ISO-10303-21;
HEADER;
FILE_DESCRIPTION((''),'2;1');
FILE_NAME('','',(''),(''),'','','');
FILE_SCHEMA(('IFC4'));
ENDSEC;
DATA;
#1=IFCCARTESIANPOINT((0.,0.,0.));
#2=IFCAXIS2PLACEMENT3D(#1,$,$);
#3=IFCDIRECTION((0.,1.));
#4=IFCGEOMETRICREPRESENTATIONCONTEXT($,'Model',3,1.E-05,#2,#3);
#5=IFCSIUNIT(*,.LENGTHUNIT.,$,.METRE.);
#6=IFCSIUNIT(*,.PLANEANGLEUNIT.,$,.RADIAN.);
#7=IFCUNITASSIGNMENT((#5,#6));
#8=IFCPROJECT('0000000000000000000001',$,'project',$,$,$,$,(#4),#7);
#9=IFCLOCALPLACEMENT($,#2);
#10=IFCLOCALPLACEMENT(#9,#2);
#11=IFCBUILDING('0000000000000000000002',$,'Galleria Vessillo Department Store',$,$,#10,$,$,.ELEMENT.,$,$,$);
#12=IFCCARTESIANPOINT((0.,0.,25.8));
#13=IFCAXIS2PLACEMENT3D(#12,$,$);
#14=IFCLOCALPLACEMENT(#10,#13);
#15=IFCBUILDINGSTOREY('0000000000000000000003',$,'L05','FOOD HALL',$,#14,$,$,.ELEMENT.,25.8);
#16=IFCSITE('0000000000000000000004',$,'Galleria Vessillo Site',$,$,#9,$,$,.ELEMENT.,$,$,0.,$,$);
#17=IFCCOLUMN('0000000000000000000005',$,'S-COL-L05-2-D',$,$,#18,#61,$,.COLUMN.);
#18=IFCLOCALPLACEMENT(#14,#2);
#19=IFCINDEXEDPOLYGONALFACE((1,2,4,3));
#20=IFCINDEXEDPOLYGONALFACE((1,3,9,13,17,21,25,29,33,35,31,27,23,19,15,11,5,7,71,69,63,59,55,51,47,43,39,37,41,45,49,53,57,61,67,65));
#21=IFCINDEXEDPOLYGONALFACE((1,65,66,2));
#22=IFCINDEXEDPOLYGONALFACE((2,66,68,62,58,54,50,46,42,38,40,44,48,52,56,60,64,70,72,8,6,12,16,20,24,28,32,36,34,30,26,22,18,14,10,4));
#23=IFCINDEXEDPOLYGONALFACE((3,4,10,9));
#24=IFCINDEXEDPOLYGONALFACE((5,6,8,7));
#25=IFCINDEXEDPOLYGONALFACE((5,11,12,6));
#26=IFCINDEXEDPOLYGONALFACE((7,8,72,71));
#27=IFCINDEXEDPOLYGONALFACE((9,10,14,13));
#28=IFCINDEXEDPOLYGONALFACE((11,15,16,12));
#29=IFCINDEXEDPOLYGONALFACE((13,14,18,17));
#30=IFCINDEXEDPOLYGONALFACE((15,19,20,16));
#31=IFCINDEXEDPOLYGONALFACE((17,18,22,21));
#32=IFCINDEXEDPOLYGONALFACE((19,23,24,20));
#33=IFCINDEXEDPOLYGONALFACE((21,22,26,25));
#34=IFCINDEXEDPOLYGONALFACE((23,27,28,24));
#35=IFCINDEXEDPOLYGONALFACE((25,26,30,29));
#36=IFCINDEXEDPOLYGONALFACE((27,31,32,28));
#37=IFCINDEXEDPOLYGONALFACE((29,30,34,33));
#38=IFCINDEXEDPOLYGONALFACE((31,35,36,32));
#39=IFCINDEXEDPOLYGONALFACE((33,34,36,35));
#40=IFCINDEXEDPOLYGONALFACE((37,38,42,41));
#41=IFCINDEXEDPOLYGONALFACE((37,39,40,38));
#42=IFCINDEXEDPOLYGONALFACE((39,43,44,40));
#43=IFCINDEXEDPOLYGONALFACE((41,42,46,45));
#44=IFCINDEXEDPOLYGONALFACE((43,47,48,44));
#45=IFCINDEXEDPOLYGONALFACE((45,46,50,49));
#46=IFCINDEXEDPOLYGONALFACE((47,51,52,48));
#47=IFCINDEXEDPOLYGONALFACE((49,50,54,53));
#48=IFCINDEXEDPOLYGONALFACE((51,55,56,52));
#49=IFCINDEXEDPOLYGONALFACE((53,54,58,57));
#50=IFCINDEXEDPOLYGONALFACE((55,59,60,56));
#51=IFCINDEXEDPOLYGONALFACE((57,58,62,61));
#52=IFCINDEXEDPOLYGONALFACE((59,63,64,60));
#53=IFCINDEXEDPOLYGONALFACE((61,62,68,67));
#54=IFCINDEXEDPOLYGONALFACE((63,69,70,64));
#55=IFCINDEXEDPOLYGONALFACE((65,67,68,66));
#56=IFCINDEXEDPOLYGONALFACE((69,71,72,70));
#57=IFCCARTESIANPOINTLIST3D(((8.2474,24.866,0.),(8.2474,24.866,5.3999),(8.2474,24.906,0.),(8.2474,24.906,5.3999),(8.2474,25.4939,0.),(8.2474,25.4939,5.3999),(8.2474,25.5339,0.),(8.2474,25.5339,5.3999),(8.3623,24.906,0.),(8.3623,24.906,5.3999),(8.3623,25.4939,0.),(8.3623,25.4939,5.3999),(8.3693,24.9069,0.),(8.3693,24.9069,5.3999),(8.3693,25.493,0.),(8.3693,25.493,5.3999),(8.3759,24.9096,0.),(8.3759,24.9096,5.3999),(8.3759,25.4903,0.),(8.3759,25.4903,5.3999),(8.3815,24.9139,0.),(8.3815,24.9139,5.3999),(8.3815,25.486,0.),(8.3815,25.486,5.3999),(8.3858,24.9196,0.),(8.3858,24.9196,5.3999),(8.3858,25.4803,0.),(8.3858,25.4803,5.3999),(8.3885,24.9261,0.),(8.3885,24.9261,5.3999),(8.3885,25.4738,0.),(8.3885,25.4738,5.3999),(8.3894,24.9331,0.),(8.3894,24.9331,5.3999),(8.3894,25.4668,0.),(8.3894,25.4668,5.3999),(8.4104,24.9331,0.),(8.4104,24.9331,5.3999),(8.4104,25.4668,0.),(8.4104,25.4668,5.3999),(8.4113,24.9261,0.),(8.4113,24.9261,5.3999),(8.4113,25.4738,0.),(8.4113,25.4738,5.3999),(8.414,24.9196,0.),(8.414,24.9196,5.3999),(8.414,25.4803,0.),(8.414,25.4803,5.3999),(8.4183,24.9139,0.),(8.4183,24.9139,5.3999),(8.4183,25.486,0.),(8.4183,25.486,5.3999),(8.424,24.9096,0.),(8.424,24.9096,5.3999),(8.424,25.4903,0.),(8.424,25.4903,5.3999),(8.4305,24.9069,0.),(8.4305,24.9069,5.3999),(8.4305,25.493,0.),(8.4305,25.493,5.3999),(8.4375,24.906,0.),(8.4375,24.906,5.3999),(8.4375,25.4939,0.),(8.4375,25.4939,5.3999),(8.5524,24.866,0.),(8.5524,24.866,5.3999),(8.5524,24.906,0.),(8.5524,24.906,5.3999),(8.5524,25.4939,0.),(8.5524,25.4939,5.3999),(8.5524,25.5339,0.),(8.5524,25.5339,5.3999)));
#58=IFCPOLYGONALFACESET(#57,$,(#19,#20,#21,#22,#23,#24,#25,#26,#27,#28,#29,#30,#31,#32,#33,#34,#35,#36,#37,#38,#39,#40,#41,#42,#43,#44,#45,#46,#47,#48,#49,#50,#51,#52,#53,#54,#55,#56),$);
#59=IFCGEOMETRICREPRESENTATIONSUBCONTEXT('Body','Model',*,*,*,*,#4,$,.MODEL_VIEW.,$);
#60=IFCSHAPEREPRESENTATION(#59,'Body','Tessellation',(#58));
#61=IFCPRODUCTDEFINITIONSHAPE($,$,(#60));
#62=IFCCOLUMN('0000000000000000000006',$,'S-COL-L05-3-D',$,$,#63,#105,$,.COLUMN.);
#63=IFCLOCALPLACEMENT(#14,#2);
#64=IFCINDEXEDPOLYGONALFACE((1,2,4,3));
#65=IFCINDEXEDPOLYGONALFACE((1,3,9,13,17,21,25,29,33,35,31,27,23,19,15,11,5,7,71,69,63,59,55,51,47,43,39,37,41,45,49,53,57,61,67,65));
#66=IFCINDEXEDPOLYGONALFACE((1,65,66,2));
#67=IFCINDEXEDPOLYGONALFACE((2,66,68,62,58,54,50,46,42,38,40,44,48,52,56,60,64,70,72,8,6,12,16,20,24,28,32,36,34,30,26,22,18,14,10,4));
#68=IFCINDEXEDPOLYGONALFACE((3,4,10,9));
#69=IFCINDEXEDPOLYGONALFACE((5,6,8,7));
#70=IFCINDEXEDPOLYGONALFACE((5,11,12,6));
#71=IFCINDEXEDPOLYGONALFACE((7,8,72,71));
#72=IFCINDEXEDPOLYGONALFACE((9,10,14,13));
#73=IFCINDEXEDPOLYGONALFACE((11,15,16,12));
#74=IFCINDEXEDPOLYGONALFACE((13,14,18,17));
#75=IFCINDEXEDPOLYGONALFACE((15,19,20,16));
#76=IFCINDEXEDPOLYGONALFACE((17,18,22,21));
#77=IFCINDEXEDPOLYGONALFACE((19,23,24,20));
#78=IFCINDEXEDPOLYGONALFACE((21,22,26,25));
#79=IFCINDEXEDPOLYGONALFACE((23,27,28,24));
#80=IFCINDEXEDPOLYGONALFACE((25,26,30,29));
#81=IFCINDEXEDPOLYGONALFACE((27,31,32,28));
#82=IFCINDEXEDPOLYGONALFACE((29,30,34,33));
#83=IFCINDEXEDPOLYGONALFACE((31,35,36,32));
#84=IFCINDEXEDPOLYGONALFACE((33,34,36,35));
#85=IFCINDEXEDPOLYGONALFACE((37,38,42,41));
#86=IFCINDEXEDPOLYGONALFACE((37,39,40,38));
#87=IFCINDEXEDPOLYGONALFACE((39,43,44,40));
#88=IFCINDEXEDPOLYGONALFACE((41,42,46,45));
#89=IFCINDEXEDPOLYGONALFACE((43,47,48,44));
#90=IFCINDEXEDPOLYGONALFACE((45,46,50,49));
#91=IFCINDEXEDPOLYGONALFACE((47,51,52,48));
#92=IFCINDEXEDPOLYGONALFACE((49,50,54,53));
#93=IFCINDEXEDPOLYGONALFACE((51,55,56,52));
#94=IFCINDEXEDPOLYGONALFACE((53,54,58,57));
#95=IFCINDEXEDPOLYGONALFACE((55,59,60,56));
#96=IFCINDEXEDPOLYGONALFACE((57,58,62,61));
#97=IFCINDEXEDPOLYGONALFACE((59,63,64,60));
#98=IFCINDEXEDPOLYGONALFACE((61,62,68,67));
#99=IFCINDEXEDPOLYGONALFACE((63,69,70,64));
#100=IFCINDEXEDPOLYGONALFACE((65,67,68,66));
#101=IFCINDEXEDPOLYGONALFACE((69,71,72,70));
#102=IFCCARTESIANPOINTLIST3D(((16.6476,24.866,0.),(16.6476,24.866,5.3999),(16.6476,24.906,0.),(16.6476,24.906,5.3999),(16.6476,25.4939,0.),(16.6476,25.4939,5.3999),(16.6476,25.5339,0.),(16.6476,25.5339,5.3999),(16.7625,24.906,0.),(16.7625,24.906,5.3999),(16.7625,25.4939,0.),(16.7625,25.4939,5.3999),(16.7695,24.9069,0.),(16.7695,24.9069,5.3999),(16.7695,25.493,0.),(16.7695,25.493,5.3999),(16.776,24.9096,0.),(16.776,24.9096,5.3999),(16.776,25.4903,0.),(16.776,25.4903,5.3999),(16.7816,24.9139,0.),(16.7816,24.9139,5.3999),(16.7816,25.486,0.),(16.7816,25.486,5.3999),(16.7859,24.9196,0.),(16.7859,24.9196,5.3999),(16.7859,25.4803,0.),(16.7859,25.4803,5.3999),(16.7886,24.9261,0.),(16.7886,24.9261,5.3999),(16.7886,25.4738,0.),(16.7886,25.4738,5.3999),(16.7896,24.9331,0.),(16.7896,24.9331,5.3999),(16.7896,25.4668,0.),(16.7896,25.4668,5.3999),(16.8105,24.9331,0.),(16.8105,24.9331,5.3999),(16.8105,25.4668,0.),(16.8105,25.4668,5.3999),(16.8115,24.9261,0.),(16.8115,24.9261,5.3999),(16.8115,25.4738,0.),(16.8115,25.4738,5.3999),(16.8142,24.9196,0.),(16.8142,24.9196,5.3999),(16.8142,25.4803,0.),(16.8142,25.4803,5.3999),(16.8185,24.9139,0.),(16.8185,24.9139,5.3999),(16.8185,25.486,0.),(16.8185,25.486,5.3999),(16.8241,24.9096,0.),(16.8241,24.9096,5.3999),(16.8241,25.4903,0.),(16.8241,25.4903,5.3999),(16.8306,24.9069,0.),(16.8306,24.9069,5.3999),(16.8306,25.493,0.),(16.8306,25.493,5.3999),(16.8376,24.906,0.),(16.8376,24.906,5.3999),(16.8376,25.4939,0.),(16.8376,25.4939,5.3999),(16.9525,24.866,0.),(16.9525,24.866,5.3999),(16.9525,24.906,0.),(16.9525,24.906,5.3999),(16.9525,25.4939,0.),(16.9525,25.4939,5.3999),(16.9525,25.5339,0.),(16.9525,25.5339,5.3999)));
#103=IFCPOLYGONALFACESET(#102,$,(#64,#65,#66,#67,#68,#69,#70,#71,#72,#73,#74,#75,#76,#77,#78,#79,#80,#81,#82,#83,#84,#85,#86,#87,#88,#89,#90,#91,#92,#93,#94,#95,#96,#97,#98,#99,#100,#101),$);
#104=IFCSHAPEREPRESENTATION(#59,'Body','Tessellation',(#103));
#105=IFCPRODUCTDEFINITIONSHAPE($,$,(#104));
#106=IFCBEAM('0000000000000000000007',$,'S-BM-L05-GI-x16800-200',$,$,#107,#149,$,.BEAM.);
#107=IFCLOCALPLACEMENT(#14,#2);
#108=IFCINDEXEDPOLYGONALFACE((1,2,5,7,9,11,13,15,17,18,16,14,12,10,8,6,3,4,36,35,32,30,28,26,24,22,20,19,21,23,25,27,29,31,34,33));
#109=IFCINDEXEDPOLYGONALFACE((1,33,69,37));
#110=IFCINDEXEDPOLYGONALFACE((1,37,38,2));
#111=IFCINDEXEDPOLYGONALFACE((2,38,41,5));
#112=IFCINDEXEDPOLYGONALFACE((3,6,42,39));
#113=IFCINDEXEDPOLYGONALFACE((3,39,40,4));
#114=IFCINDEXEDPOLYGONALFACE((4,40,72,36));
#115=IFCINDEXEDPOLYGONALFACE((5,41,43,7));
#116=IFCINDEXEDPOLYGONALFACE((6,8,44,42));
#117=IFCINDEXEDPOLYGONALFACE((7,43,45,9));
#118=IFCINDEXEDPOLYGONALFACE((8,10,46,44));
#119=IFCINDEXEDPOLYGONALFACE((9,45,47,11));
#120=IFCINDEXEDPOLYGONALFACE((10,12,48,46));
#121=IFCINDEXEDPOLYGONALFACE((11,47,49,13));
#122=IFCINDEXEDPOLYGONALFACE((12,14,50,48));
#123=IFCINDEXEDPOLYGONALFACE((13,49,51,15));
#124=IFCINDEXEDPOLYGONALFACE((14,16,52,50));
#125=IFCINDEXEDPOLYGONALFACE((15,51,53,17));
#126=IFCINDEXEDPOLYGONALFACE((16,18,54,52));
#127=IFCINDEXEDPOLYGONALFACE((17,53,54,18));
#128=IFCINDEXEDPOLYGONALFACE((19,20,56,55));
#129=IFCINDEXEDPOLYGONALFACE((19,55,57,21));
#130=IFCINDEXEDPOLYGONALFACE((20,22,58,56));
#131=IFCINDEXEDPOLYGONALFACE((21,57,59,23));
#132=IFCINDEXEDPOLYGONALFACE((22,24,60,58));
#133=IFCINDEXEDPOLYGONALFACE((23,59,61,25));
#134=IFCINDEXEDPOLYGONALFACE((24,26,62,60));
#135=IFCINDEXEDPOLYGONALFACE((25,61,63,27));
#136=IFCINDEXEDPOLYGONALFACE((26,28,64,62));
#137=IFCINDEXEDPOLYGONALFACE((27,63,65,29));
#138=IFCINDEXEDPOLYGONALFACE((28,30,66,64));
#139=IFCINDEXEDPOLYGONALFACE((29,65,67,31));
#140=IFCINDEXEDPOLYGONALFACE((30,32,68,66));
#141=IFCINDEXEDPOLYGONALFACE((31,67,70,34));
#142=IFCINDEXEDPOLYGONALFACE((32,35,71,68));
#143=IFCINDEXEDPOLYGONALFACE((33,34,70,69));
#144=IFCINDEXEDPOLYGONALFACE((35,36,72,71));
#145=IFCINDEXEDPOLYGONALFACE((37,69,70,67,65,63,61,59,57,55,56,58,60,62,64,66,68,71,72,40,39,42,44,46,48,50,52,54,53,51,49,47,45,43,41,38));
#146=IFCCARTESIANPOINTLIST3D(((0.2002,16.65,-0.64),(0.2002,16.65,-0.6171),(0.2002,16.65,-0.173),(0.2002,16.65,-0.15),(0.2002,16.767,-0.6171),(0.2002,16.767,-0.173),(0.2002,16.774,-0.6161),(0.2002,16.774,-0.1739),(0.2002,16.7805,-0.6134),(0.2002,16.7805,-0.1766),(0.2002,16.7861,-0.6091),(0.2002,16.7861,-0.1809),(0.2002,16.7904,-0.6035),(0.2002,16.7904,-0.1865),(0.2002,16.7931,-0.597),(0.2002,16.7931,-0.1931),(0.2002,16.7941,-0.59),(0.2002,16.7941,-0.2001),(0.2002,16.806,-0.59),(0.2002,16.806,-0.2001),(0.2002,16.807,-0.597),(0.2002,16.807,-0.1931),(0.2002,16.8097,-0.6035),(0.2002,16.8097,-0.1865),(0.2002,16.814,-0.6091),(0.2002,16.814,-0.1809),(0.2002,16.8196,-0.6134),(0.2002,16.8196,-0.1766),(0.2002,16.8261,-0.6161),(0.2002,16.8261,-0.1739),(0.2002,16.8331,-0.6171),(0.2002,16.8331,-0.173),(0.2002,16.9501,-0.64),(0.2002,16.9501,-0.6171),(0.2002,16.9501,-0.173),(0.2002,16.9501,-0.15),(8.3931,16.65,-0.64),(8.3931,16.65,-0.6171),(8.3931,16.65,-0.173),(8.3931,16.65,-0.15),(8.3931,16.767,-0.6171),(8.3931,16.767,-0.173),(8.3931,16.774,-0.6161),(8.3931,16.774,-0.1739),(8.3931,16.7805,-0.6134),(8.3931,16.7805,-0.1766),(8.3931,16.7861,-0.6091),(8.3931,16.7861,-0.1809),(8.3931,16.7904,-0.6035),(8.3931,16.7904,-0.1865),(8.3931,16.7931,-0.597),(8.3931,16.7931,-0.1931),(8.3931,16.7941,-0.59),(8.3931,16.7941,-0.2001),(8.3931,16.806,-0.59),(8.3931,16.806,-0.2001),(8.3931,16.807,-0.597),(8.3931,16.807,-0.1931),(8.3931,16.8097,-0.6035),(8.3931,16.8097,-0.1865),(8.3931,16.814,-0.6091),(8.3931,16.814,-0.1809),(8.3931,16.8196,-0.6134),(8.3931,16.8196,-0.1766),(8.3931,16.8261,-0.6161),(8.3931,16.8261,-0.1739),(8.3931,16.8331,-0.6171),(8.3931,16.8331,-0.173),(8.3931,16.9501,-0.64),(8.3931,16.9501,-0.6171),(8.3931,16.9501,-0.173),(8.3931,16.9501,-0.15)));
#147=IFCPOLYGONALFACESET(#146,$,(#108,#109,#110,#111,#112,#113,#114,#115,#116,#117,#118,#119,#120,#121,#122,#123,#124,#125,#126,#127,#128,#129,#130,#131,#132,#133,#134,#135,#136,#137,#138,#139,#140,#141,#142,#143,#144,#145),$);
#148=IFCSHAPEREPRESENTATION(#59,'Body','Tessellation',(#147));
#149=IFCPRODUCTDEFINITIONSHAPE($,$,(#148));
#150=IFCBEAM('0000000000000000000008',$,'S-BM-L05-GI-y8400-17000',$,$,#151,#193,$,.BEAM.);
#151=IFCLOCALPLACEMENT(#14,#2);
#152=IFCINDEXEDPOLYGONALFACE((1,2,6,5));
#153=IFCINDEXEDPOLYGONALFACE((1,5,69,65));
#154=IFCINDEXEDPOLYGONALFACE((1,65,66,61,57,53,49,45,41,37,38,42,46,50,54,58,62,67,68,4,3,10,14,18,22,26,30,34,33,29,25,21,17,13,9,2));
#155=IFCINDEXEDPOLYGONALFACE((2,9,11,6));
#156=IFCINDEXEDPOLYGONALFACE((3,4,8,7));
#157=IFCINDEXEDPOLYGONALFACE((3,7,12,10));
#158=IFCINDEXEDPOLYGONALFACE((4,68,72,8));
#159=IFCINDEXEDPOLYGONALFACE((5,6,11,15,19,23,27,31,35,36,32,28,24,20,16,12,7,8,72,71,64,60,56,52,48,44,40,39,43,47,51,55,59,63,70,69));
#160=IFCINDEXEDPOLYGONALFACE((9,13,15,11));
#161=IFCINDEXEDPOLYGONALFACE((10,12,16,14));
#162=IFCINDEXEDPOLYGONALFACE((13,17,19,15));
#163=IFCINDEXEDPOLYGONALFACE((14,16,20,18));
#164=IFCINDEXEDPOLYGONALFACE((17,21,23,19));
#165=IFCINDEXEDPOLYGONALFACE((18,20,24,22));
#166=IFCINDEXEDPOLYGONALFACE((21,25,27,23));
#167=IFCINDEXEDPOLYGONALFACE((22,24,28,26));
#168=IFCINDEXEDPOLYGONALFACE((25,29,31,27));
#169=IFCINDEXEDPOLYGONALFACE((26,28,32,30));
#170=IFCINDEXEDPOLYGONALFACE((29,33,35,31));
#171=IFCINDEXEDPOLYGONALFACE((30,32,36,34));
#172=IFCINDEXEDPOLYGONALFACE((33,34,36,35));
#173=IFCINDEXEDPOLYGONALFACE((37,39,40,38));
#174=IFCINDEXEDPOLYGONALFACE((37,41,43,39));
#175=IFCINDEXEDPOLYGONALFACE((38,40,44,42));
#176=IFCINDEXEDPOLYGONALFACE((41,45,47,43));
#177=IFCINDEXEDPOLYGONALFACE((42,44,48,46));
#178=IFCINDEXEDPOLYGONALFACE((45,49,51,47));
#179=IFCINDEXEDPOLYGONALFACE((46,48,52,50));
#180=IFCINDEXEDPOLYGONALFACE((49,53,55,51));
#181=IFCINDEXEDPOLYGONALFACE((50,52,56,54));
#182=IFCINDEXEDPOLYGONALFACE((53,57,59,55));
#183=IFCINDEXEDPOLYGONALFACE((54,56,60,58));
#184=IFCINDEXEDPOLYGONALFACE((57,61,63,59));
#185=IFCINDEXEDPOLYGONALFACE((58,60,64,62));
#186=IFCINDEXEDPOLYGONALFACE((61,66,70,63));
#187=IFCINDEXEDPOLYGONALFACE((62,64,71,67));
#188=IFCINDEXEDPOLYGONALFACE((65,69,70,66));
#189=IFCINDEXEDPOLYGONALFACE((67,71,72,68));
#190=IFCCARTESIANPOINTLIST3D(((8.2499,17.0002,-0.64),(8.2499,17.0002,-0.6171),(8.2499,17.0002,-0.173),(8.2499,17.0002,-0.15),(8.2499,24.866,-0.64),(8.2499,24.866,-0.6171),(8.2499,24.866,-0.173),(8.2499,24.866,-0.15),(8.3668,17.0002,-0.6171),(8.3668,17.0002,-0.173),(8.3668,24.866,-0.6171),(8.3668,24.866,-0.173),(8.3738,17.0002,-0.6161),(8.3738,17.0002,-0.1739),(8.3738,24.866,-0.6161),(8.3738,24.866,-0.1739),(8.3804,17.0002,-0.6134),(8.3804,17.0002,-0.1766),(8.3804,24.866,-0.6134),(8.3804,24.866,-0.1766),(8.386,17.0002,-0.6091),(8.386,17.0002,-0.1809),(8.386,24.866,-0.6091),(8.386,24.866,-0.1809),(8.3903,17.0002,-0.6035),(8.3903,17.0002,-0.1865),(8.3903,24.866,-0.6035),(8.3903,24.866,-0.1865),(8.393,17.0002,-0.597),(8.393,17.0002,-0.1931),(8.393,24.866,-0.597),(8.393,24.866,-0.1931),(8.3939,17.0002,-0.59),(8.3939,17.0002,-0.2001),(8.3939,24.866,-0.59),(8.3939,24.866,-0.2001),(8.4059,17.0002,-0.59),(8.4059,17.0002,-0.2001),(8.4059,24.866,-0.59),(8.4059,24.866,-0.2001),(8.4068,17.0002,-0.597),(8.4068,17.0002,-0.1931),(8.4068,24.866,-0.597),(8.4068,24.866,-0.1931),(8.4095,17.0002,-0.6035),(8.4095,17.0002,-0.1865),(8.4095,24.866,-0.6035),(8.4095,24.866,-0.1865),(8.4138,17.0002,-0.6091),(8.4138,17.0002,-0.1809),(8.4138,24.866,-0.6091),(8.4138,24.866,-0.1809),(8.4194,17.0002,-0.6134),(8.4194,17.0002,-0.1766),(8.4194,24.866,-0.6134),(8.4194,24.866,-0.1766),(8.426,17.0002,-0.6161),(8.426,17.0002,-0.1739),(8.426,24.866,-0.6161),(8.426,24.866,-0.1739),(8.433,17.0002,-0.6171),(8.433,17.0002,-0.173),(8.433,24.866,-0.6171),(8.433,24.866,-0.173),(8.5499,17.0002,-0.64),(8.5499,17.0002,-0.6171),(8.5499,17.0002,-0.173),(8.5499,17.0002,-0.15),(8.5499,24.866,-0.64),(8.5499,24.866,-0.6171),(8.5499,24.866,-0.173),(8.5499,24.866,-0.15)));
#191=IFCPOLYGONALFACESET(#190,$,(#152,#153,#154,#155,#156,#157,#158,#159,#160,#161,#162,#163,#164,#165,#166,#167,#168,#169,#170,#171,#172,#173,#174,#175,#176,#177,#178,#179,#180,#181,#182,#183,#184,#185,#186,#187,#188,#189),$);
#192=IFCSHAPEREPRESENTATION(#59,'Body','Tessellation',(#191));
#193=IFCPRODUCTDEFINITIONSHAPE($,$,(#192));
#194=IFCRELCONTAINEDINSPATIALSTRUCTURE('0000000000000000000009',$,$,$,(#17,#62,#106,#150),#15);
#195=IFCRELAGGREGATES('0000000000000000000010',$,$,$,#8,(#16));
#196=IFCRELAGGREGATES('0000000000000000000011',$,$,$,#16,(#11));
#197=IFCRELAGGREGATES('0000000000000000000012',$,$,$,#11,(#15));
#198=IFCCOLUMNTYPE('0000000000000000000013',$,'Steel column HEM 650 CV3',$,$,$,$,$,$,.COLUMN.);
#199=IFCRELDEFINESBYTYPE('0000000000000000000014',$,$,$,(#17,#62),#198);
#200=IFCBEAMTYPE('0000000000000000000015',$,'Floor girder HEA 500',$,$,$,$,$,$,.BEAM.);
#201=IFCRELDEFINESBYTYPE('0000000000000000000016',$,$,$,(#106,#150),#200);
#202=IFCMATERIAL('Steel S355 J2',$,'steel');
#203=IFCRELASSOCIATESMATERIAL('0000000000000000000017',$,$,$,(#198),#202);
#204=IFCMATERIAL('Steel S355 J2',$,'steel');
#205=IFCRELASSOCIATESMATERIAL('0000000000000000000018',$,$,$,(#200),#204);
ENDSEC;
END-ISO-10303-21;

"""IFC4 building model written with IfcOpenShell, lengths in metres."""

from ifc_helpers import new_model, si_unit, direction, frame, origin, origin_2d, place, context, subcontext, project, spatial, i_section, extrude, material, material_profile, profile_set, type_object, element, save


model = new_model("IFC4")

# Units and contexts
model_context = context("Model", 3, precision=1e-05, world=origin(), true_north=direction((0.0, 1.0)))
body_context = subcontext(model_context, "Body", "Model", "MODEL_VIEW")
ifc_project = project(units=[si_unit("LENGTHUNIT", "METRE"), si_unit("PLANEANGLEUNIT", "RADIAN")], contexts=[model_context])

# Site, building, storey
site_placement = place(None, origin())
site = spatial("IfcSite", under=ifc_project, at=site_placement, Name="Galleria Vessillo Site", CompositionType="ELEMENT", RefElevation=0.0)
building_placement = place(site_placement, origin())
building = spatial("IfcBuilding", under=site, at=building_placement, Name="Galleria Vessillo Department Store", CompositionType="ELEMENT")
storey_placement = place(building_placement, frame((0.0, 0.0, 25.8)))
storey = spatial("IfcBuildingStorey", under=building, at=storey_placement, Name="L05", Description="FOOD HALL", CompositionType="ELEMENT", Elevation=25.8)

# Columns
ifc_material_1 = material(Name="Steel S355 J2", Category="steel")
ifc_material_profile_1 = material_profile(ifc_material_1, i_section(OverallWidth=0.3049, OverallDepth=0.668, WebThickness=0.021, FlangeThickness=0.04, FilletRadius=0.0271, at=origin_2d()), Name="HEM 650")
ifc_profile_set_1 = profile_set([ifc_material_profile_1], Name="Steel S355 J2")
column_type_1 = type_object("IfcColumnType", Name="Steel column HEM 650 CV3", PredefinedType="COLUMN", material=ifc_profile_set_1)
for number, where, z_axis, x_axis, name in (
    (1, (8.3999, 25.2, 0.0), (0.0, 0.0, 1.0), (1.0, 0.0, 0.0), "S-COL-L05-2-D"),
    (2, (16.8, 25.2, 0.0), (0.0, 0.0, 1.0), (1.0, 0.0, 0.0), "S-COL-L05-3-D"),
):
    element("IfcColumn", number, at=place(storey_placement, frame(where, z_axis=z_axis, x_axis=x_axis)), inside=storey, type_object=column_type_1, Name=name, PredefinedType="COLUMN", context=body_context, shape_type="SweptSolid", body=[
        extrude(i_section(OverallWidth=0.3049, OverallDepth=0.668, WebThickness=0.021, FlangeThickness=0.04, FilletRadius=0.0271, at=origin_2d()), origin(), (0.0, 0.0, 1.0), 5.3999),
    ])

# Beams
ifc_material_2 = material(Name="Steel S355 J2", Category="steel")
ifc_material_profile_2 = material_profile(ifc_material_2, i_section(OverallWidth=0.3, OverallDepth=0.49, WebThickness=0.012, FlangeThickness=0.0229, FilletRadius=0.0271, at=origin_2d()), Name="HEA 500")
ifc_profile_set_2 = profile_set([ifc_material_profile_2], Name="Steel S355 J2")
beam_type_1 = type_object("IfcBeamType", Name="Floor girder HEA 500", PredefinedType="BEAM", material=ifc_profile_set_2)
beam_1_placement = place(storey_placement, frame((0.2002, 16.8, -0.395), z_axis=(1.0, 0.0, 0.0), x_axis=(0.0, 1.0, 0.0)))
element("IfcBeam", 3, at=beam_1_placement, inside=storey, type_object=beam_type_1, Name="S-BM-L05-GI-x16800-200", PredefinedType="BEAM", context=body_context, shape_type="SweptSolid", body=[
    extrude(i_section(OverallWidth=0.3, OverallDepth=0.49, WebThickness=0.012, FlangeThickness=0.0229, FilletRadius=0.0271, at=origin_2d()), origin(), (0.0, 0.0, 1.0), 8.1929),
])
for number, where, z_axis, x_axis, name in (
    (4, (8.3999, 17.0002, -0.395), (0.0, 1.0, 0.0), (-1.0, 0.0, 0.0), "S-BM-L05-GI-y8400-17000"),
):
    element("IfcBeam", number, at=place(storey_placement, frame(where, z_axis=z_axis, x_axis=x_axis)), inside=storey, type_object=beam_type_1, Name=name, PredefinedType="BEAM", context=body_context, shape_type="SweptSolid", body=[
        extrude(i_section(OverallWidth=0.3, OverallDepth=0.49, WebThickness=0.012, FlangeThickness=0.0229, FilletRadius=0.0271, at=origin_2d()), origin(), (0.0, 0.0, 1.0), 7.8657),
    ])

save(model, "model.ifc")
